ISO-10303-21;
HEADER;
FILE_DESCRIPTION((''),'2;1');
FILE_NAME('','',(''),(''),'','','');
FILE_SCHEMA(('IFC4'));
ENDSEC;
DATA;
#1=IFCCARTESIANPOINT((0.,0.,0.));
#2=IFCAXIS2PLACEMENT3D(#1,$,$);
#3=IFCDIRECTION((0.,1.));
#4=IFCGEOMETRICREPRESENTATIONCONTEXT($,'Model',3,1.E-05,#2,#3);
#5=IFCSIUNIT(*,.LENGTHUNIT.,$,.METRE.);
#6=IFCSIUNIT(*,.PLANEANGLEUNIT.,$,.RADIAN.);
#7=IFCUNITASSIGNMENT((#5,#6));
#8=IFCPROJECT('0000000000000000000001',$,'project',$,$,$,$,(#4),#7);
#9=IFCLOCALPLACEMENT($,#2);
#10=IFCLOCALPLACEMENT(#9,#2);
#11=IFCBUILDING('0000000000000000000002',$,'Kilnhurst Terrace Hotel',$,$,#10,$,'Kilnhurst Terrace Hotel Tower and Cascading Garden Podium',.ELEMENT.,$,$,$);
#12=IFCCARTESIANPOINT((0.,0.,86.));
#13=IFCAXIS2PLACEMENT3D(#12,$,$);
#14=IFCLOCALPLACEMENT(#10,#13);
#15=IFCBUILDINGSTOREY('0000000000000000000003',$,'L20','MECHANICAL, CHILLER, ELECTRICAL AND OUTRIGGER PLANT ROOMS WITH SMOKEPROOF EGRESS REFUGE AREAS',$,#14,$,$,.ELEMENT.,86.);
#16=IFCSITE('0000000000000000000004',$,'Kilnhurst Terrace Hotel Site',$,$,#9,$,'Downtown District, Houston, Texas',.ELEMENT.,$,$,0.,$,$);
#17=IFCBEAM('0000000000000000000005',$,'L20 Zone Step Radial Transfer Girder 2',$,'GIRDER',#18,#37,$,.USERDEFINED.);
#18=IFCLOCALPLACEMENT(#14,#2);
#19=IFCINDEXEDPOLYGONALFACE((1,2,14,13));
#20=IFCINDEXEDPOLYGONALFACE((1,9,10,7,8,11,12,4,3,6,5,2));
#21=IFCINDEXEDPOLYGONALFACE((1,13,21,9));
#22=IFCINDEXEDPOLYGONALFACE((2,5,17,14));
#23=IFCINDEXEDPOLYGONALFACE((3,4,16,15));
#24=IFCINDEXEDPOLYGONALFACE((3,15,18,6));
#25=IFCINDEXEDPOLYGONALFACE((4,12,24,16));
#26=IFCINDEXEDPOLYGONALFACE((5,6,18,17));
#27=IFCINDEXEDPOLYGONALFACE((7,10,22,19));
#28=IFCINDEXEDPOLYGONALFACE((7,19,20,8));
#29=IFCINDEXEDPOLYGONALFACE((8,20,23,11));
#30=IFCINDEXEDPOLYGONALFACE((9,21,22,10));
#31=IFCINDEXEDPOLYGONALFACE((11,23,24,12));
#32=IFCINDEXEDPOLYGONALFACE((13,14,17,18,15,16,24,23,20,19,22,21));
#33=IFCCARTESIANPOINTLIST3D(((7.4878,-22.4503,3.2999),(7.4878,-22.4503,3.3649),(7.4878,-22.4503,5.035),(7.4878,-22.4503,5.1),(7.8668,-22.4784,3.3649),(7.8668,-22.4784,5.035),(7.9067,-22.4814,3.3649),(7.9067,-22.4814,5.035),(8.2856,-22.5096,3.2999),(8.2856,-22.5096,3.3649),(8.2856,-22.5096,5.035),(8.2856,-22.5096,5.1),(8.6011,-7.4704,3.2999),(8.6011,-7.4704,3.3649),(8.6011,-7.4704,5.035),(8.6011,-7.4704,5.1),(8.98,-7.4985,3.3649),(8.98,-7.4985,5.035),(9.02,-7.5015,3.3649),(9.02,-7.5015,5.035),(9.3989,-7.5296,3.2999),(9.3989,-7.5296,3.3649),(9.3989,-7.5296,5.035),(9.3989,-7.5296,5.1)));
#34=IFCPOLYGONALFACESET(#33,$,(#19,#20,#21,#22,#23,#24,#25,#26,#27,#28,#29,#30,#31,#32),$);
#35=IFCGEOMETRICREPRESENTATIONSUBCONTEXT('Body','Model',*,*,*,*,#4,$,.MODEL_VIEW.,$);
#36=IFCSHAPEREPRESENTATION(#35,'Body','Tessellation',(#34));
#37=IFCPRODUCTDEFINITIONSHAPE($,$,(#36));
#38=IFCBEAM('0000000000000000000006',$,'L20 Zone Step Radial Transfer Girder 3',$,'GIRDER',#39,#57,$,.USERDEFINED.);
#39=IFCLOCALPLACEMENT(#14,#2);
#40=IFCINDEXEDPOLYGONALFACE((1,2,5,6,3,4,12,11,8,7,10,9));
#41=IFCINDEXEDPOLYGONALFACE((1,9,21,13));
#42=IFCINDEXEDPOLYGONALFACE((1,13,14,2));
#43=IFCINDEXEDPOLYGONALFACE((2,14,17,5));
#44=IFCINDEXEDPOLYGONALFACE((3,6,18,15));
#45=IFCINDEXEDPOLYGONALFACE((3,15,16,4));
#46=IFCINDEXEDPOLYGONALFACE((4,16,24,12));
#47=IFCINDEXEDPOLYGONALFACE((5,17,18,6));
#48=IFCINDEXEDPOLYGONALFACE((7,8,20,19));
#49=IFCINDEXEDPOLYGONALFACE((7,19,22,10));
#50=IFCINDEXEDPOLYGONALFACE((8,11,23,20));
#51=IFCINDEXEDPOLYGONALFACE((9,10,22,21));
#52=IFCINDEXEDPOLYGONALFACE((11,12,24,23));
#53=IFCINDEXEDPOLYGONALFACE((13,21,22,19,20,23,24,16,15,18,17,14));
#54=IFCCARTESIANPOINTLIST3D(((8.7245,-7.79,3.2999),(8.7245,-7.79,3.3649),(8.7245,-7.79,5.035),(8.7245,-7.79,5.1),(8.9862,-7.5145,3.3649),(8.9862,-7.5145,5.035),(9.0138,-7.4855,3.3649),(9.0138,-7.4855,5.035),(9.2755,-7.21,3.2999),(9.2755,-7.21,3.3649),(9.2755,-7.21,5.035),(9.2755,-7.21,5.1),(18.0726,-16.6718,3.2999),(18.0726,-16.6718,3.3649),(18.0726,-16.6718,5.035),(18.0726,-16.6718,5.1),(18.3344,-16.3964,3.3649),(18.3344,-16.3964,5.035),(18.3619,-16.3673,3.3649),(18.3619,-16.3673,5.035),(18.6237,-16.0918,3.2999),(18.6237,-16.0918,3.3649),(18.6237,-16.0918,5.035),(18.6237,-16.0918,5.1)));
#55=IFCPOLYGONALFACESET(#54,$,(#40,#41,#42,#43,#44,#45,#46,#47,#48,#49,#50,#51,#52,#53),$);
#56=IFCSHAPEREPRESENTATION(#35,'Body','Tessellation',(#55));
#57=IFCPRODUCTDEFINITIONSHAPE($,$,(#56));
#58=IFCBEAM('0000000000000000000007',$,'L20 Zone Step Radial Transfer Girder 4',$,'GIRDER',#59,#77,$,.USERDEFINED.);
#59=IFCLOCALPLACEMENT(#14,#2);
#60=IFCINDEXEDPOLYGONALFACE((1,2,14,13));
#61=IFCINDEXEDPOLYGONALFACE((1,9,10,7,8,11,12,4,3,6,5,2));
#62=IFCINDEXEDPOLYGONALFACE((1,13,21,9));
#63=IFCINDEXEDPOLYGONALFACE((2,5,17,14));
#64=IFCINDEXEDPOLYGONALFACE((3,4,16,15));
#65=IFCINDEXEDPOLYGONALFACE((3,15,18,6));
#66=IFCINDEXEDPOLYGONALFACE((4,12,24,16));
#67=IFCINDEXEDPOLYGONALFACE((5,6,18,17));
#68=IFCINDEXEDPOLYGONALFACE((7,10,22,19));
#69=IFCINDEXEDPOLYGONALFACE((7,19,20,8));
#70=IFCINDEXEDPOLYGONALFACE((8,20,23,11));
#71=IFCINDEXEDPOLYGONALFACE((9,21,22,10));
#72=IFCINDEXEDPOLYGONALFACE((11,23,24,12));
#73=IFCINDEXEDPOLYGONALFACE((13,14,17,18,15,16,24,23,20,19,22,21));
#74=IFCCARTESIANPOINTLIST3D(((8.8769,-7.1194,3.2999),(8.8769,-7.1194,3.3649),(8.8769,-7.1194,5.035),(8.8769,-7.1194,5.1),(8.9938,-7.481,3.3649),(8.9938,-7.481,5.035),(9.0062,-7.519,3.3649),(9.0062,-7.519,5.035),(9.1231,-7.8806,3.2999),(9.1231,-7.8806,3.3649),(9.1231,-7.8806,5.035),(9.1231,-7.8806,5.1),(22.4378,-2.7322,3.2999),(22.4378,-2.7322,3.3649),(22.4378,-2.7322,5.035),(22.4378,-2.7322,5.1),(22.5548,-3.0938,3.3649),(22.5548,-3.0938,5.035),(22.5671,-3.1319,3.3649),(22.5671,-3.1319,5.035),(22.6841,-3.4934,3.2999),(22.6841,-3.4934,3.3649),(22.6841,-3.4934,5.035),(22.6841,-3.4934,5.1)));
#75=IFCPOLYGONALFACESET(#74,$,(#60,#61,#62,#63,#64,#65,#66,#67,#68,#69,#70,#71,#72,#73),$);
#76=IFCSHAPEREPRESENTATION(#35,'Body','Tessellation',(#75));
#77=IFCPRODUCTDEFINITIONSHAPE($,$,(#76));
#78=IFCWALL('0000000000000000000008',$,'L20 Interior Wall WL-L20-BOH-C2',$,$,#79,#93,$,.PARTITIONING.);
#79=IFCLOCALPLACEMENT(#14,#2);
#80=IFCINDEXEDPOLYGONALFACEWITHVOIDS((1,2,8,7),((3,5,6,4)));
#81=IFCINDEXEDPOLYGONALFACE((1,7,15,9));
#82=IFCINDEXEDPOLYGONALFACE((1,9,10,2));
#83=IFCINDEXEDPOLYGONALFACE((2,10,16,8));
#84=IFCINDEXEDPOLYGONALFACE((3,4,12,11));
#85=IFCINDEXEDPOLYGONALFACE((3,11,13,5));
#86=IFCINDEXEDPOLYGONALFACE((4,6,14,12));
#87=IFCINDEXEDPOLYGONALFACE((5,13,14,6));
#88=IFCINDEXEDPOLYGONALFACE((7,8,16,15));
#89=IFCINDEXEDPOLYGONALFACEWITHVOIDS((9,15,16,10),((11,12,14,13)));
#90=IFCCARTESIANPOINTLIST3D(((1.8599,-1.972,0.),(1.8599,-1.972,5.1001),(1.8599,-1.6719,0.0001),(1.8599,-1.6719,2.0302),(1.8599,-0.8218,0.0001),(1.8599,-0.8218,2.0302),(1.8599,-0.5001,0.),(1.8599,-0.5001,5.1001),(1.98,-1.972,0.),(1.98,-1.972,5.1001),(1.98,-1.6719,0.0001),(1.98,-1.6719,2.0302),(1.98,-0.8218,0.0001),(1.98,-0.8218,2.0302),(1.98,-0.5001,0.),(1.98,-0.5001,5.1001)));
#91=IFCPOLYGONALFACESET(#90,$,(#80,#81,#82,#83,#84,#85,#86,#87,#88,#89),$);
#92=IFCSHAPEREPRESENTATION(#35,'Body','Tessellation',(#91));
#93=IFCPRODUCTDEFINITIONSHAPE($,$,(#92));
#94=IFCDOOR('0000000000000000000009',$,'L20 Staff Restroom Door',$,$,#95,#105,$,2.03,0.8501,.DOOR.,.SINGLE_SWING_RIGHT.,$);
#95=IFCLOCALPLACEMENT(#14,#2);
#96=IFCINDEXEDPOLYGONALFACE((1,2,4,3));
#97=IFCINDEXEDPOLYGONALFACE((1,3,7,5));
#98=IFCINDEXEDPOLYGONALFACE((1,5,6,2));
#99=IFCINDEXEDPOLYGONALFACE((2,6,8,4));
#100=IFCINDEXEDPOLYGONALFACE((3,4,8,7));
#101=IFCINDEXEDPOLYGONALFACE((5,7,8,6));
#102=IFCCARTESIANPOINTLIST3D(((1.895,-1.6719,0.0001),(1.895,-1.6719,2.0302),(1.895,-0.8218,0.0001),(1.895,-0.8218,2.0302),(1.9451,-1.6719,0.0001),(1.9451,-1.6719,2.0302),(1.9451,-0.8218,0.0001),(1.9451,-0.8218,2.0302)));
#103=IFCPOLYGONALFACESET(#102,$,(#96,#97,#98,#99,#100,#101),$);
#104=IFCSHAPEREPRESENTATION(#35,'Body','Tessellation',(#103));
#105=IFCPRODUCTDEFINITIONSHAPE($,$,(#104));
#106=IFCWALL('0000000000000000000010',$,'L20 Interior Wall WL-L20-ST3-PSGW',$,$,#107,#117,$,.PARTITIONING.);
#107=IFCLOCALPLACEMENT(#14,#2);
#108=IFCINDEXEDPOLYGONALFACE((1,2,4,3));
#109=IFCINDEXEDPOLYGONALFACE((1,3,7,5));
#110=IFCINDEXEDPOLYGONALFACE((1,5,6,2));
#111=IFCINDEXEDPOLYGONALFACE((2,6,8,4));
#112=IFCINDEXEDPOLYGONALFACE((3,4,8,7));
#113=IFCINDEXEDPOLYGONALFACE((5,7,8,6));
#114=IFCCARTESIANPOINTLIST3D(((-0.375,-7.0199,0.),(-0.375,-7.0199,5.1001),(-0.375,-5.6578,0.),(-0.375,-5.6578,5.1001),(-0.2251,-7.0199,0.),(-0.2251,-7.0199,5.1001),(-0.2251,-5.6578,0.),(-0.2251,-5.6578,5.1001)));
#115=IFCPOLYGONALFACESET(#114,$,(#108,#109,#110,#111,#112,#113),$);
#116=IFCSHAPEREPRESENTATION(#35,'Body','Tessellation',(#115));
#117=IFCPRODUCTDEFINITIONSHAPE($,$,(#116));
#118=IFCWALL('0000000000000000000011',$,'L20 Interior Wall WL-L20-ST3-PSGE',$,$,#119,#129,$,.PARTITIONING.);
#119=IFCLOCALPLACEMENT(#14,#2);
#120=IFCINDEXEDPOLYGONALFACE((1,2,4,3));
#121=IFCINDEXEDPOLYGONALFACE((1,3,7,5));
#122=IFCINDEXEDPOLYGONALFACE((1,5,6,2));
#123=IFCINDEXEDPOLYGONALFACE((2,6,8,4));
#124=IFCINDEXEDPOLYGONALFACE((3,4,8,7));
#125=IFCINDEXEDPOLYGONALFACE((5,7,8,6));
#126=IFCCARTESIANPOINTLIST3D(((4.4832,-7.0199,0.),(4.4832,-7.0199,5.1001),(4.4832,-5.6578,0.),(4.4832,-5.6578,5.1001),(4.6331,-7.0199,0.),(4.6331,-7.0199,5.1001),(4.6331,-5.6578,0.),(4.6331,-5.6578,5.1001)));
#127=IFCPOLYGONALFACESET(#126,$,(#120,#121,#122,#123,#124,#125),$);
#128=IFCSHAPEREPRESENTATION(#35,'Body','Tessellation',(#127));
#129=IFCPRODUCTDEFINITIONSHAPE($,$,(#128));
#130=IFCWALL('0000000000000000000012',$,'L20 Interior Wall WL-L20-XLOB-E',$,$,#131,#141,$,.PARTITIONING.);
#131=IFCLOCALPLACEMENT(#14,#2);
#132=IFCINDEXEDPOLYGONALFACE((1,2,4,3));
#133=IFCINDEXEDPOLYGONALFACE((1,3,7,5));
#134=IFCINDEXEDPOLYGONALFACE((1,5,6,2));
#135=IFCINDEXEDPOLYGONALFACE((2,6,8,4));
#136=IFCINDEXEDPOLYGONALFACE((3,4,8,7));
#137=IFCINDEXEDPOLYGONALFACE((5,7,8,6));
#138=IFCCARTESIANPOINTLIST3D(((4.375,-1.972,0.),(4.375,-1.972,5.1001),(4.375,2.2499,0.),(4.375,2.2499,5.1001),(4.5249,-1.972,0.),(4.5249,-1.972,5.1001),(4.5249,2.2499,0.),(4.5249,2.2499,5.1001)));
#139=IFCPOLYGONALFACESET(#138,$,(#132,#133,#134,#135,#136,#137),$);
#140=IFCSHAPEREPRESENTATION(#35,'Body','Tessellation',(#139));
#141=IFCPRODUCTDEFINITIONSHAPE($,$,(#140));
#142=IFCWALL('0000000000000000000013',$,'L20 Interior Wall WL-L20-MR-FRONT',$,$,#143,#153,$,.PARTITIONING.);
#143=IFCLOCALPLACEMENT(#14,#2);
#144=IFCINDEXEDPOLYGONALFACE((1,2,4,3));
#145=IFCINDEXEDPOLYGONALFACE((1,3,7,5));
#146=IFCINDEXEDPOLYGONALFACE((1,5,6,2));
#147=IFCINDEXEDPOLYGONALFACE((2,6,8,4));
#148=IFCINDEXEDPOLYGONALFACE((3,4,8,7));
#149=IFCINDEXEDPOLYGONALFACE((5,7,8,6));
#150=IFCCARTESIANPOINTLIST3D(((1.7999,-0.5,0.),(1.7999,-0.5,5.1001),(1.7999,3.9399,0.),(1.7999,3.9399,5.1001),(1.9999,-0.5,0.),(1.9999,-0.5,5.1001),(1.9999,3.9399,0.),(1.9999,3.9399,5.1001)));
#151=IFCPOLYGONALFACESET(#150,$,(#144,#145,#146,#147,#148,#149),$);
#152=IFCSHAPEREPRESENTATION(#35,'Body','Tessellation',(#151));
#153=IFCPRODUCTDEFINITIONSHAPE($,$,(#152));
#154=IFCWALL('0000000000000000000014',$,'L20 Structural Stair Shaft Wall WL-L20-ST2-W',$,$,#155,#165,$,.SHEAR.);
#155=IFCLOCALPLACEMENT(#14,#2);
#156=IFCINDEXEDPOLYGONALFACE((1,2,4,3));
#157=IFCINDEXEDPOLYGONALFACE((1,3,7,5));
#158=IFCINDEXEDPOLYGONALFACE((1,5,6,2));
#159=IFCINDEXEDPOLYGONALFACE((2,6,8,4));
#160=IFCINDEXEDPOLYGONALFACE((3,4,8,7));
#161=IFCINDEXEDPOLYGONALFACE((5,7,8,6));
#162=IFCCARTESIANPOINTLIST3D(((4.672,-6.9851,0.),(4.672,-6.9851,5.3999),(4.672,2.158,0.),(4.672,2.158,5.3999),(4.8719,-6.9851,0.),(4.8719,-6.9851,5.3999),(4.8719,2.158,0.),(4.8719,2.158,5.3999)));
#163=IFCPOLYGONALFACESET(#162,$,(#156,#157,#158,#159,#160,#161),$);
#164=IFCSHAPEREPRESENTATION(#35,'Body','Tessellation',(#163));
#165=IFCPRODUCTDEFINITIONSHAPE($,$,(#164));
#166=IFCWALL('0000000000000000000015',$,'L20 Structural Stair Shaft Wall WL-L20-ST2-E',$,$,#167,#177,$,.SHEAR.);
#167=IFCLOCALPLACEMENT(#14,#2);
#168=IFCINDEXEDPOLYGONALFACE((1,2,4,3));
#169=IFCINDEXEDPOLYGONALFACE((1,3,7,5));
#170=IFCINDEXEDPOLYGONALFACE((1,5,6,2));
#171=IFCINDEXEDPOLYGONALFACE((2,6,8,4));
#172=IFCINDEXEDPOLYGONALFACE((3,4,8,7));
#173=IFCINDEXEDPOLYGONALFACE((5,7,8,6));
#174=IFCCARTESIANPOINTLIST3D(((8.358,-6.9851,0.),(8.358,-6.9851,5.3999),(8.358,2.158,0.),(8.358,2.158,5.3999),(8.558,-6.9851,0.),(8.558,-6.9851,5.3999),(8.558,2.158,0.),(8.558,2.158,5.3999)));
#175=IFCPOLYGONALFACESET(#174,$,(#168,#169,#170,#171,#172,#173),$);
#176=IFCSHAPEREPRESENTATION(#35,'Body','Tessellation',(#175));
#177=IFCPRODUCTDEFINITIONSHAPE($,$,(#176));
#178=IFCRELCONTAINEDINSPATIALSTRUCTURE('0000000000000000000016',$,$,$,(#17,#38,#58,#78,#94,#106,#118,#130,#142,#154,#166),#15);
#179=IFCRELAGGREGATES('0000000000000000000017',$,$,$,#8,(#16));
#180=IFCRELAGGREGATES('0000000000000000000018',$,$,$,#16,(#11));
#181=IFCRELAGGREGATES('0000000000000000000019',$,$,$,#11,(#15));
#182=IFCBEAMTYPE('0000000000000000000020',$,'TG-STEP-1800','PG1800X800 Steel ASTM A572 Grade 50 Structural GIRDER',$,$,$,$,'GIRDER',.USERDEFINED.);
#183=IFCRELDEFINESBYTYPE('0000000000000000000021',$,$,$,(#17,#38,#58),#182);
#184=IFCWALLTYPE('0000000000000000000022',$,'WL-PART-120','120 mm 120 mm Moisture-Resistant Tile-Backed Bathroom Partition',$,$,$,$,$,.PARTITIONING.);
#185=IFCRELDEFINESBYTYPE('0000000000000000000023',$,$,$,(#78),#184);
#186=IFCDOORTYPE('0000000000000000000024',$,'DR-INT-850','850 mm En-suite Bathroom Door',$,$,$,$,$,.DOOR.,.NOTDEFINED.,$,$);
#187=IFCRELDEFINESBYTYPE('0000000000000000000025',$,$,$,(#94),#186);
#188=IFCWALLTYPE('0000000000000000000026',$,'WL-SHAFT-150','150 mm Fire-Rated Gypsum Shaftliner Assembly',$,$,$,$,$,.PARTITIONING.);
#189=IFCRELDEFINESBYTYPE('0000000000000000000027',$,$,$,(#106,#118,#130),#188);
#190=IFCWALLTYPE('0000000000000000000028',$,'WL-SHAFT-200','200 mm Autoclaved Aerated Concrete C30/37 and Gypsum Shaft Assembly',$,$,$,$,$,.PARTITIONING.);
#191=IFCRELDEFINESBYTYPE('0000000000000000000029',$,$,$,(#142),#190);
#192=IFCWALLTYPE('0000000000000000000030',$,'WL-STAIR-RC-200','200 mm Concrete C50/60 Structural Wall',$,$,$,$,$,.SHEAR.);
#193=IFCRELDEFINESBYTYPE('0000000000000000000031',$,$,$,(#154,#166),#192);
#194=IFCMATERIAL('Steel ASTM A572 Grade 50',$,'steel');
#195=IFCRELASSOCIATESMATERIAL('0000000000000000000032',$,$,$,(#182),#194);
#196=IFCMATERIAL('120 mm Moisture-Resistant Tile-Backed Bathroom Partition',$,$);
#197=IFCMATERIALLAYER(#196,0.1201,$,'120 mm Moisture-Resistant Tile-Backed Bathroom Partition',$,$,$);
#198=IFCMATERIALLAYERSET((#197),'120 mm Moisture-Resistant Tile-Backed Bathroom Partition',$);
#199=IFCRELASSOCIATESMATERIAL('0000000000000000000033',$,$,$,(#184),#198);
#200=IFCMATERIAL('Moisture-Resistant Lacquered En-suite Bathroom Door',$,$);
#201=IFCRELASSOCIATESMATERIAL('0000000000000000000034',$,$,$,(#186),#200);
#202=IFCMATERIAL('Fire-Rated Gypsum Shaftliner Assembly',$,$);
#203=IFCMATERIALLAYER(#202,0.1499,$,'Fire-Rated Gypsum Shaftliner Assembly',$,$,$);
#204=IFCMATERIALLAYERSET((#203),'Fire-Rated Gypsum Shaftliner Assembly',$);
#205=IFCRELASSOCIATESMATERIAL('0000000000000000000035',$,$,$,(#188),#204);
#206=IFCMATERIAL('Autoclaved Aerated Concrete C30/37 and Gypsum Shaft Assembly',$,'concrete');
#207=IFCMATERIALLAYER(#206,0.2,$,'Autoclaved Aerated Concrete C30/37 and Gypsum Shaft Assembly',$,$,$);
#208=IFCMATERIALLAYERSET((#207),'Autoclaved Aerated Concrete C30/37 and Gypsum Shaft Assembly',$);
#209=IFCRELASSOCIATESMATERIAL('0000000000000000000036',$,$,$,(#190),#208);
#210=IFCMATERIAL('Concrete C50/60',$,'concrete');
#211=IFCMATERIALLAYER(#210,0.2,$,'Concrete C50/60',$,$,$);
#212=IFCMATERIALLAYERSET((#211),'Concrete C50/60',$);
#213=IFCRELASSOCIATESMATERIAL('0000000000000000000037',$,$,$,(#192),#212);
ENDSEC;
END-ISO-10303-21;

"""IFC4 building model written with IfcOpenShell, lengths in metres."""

from ifc_helpers import new_model, si_unit, direction, frame, frame_2d, origin, origin_2d, place, context, subcontext, project, spatial, rectangle, i_section, extrude, material, layer, layer_set, material_profile, profile_set, type_object, element, fill, save


model = new_model("IFC4")

# Units and contexts
model_context = context("Model", 3, precision=1e-05, world=origin(), true_north=direction((0.0, 1.0)))
body_context = subcontext(model_context, "Body", "Model", "MODEL_VIEW")
ifc_project = project(units=[si_unit("LENGTHUNIT", "METRE"), si_unit("PLANEANGLEUNIT", "RADIAN")], contexts=[model_context])

# Site, building, storey
site_placement = place(None, origin())
site = spatial("IfcSite", under=ifc_project, at=site_placement, Name="Kilnhurst Terrace Hotel Site", LongName="Downtown District, Houston, Texas", CompositionType="ELEMENT", RefElevation=0.0)
building_placement = place(site_placement, origin())
building = spatial("IfcBuilding", under=site, at=building_placement, Name="Kilnhurst Terrace Hotel", LongName="Kilnhurst Terrace Hotel Tower and Cascading Garden Podium", CompositionType="ELEMENT")
storey_placement = place(building_placement, frame((0.0, 0.0, 86.0)))
storey = spatial("IfcBuildingStorey", under=building, at=storey_placement, Name="L20", Description="MECHANICAL, CHILLER, ELECTRICAL AND OUTRIGGER PLANT ROOMS WITH SMOKEPROOF EGRESS REFUGE AREAS", CompositionType="ELEMENT", Elevation=86.0)

# Beams
ifc_material_1 = material(Name="Steel ASTM A572 Grade 50", Category="steel")
ifc_material_profile = material_profile(ifc_material_1, i_section(OverallWidth=0.8, OverallDepth=1.8, WebThickness=0.04, FlangeThickness=0.0649, at=origin_2d()), Name="PG1800X800")
ifc_profile_set = profile_set([ifc_material_profile], Name="Steel ASTM A572 Grade 50")
beam_type = type_object("IfcBeamType", Name="TG-STEP-1800", Description="PG1800X800 Steel ASTM A572 Grade 50 Structural GIRDER", ElementType="GIRDER", PredefinedType="USERDEFINED", material=ifc_profile_set)
beam_1_placement = place(storey_placement, frame((9.0, -7.5, 4.2), z_axis=(-0.074114, -0.99725, 0.0), x_axis=(0.99725, -0.074114, 0.0)))
element("IfcBeam", 1, at=beam_1_placement, inside=storey, type_object=beam_type, Name="L20 Zone Step Radial Transfer Girder 2", ObjectType="GIRDER", PredefinedType="USERDEFINED", context=body_context, shape_type="SweptSolid", body=[
    extrude(i_section(OverallWidth=0.8, OverallDepth=1.8, WebThickness=0.04, FlangeThickness=0.0649, at=origin_2d()), origin(), (0.0, 0.0, 1.0), 15.0212),
])
beam_2_placement = place(storey_placement, frame((9.0, -7.5, 4.2), z_axis=(0.724957, -0.688794, 0.0), x_axis=(0.688794, 0.724957, 0.0)))
element("IfcBeam", 2, at=beam_2_placement, inside=storey, type_object=beam_type, Name="L20 Zone Step Radial Transfer Girder 3", ObjectType="GIRDER", PredefinedType="USERDEFINED", context=body_context, shape_type="SweptSolid", body=[
    extrude(i_section(OverallWidth=0.8, OverallDepth=1.8, WebThickness=0.04, FlangeThickness=0.0649, at=origin_2d()), origin(), (0.0, 0.0, 1.0), 12.8948),
])
beam_3_placement = place(storey_placement, frame((9.0, -7.5, 4.2), z_axis=(0.951448, 0.307808, 0.0), x_axis=(-0.307808, 0.951448, 0.0)))
element("IfcBeam", 3, at=beam_3_placement, inside=storey, type_object=beam_type, Name="L20 Zone Step Radial Transfer Girder 4", ObjectType="GIRDER", PredefinedType="USERDEFINED", context=body_context, shape_type="SweptSolid", body=[
    extrude(i_section(OverallWidth=0.8, OverallDepth=1.8, WebThickness=0.04, FlangeThickness=0.0649, at=origin_2d()), origin(), (0.0, 0.0, 1.0), 14.2529),
])

# Wall, opening, door
ifc_material_2 = material(Name="120 mm Moisture-Resistant Tile-Backed Bathroom Partition")
ifc_layer_1 = layer(ifc_material_2, 0.1201, Name="120 mm Moisture-Resistant Tile-Backed Bathroom Partition")
ifc_layer_set_1 = layer_set([ifc_layer_1], Name="120 mm Moisture-Resistant Tile-Backed Bathroom Partition")
wall_type_1 = type_object("IfcWallType", Name="WL-PART-120", Description="120 mm 120 mm Moisture-Resistant Tile-Backed Bathroom Partition", PredefinedType="PARTITIONING", material=ifc_layer_set_1)
wall_1_placement = place(storey_placement, frame((1.9199, -1.9719, 0.0), z_axis=(0.0, 0.0, 1.0), x_axis=(0.0, 1.0, 0.0)))
wall_1 = element("IfcWall", 4, at=wall_1_placement, inside=storey, type_object=wall_type_1, Name="L20 Interior Wall WL-L20-BOH-C2", PredefinedType="PARTITIONING", context=body_context, shape_type="SweptSolid", body=[
    extrude(rectangle(XDim=1.4719, YDim=0.1201, at=frame_2d((0.7358, 0.0))), origin(), (0.0, 0.0, 1.0), 5.1001),
])
opening_placement = place(wall_1_placement, frame((0.3, 0.0, 0.0)))
opening = element("IfcOpeningElement", 5, at=opening_placement, cuts=wall_1, PredefinedType="OPENING", context=body_context, shape_type="SweptSolid", body=[
    extrude(rectangle(XDim=0.8501, YDim=2.03, at=frame_2d((0.425, 1.0151))), frame((0.0, 0.0701, 0.0), z_axis=(0.0, -1.0, 0.0), x_axis=(1.0, 0.0, 0.0)), (0.0, 0.0, 1.0), 0.1401),
])
ifc_material_3 = material(Name="Moisture-Resistant Lacquered En-suite Bathroom Door")
door_type = type_object("IfcDoorType", Name="DR-INT-850", Description="850 mm En-suite Bathroom Door", OperationType="NOTDEFINED", PredefinedType="DOOR", material=ifc_material_3)
door_placement = place(opening_placement, origin())
door = element("IfcDoor", 6, at=door_placement, inside=storey, type_object=door_type, Name="L20 Staff Restroom Door", OperationType="SINGLE_SWING_RIGHT", OverallHeight=2.03, OverallWidth=0.8501, PredefinedType="DOOR", context=body_context, shape_type="SweptSolid", body=[
    extrude(rectangle(XDim=0.8501, YDim=2.03, at=frame_2d((0.425, 1.0151))), frame((0.0, 0.0249, 0.0), z_axis=(0.0, -1.0, 0.0), x_axis=(1.0, 0.0, 0.0)), (0.0, 0.0, 1.0), 0.05),
])
fill(opening, door)

# Walls
ifc_material_4 = material(Name="Fire-Rated Gypsum Shaftliner Assembly")
ifc_layer_2 = layer(ifc_material_4, 0.1499, Name="Fire-Rated Gypsum Shaftliner Assembly")
ifc_layer_set_2 = layer_set([ifc_layer_2], Name="Fire-Rated Gypsum Shaftliner Assembly")
wall_type_2 = type_object("IfcWallType", Name="WL-SHAFT-150", Description="150 mm Fire-Rated Gypsum Shaftliner Assembly", PredefinedType="PARTITIONING", material=ifc_layer_set_2)
for number, where, z_axis, x_axis, name in (
    (7, (-0.3, -7.02, 0.0), (0.0, 0.0, 1.0), (0.0, 1.0, 0.0), "L20 Interior Wall WL-L20-ST3-PSGW"),
    (8, (4.5581, -7.02, 0.0), (0.0, 0.0, 1.0), (0.0, 1.0, 0.0), "L20 Interior Wall WL-L20-ST3-PSGE"),
):
    element("IfcWall", number, at=place(storey_placement, frame(where, z_axis=z_axis, x_axis=x_axis)), inside=storey, type_object=wall_type_2, Name=name, PredefinedType="PARTITIONING", context=body_context, shape_type="SweptSolid", body=[
        extrude(rectangle(XDim=1.3621, YDim=0.1499, at=frame_2d((0.6812, 0.0))), origin(), (0.0, 0.0, 1.0), 5.1001),
    ])
wall_2_placement = place(storey_placement, frame((4.45, -1.9719, 0.0), z_axis=(0.0, 0.0, 1.0), x_axis=(0.0, 1.0, 0.0)))
element("IfcWall", 9, at=wall_2_placement, inside=storey, type_object=wall_type_2, Name="L20 Interior Wall WL-L20-XLOB-E", PredefinedType="PARTITIONING", context=body_context, shape_type="SweptSolid", body=[
    extrude(rectangle(XDim=4.2219, YDim=0.1499, at=frame_2d((2.1108, 0.0))), origin(), (0.0, 0.0, 1.0), 5.1001),
])
ifc_material_5 = material(Name="Autoclaved Aerated Concrete C30/37 and Gypsum Shaft Assembly", Category="concrete")
ifc_layer_3 = layer(ifc_material_5, 0.2, Name="Autoclaved Aerated Concrete C30/37 and Gypsum Shaft Assembly")
ifc_layer_set_3 = layer_set([ifc_layer_3], Name="Autoclaved Aerated Concrete C30/37 and Gypsum Shaft Assembly")
wall_type_3 = type_object("IfcWallType", Name="WL-SHAFT-200", Description="200 mm Autoclaved Aerated Concrete C30/37 and Gypsum Shaft Assembly", PredefinedType="PARTITIONING", material=ifc_layer_set_3)
wall_3_placement = place(storey_placement, frame((1.8999, -0.5, 0.0), z_axis=(0.0, 0.0, 1.0), x_axis=(0.0, 1.0, 0.0)))
element("IfcWall", 10, at=wall_3_placement, inside=storey, type_object=wall_type_3, Name="L20 Interior Wall WL-L20-MR-FRONT", PredefinedType="PARTITIONING", context=body_context, shape_type="SweptSolid", body=[
    extrude(rectangle(XDim=4.4399, YDim=0.2, at=frame_2d((2.22, 0.0))), origin(), (0.0, 0.0, 1.0), 5.1001),
])
ifc_material_6 = material(Name="Concrete C50/60", Category="concrete")
ifc_layer_4 = layer(ifc_material_6, 0.2, Name="Concrete C50/60")
ifc_layer_set_4 = layer_set([ifc_layer_4], Name="Concrete C50/60")
wall_type_4 = type_object("IfcWallType", Name="WL-STAIR-RC-200", Description="200 mm Concrete C50/60 Structural Wall", PredefinedType="SHEAR", material=ifc_layer_set_4)
for number, where, z_axis, x_axis, name in (
    (11, (4.772, -6.9851, 0.0), (0.0, 0.0, 1.0), (0.0, 1.0, 0.0), "L20 Structural Stair Shaft Wall WL-L20-ST2-W"),
    (12, (8.458, -6.9851, 0.0), (0.0, 0.0, 1.0), (0.0, 1.0, 0.0), "L20 Structural Stair Shaft Wall WL-L20-ST2-E"),
):
    element("IfcWall", number, at=place(storey_placement, frame(where, z_axis=z_axis, x_axis=x_axis)), inside=storey, type_object=wall_type_4, Name=name, PredefinedType="SHEAR", context=body_context, shape_type="SweptSolid", body=[
        extrude(rectangle(XDim=9.1431, YDim=0.2, at=frame_2d((4.5715, 0.0))), origin(), (0.0, 0.0, 1.0), 5.3999),
    ])

save(model, "model.ifc")
